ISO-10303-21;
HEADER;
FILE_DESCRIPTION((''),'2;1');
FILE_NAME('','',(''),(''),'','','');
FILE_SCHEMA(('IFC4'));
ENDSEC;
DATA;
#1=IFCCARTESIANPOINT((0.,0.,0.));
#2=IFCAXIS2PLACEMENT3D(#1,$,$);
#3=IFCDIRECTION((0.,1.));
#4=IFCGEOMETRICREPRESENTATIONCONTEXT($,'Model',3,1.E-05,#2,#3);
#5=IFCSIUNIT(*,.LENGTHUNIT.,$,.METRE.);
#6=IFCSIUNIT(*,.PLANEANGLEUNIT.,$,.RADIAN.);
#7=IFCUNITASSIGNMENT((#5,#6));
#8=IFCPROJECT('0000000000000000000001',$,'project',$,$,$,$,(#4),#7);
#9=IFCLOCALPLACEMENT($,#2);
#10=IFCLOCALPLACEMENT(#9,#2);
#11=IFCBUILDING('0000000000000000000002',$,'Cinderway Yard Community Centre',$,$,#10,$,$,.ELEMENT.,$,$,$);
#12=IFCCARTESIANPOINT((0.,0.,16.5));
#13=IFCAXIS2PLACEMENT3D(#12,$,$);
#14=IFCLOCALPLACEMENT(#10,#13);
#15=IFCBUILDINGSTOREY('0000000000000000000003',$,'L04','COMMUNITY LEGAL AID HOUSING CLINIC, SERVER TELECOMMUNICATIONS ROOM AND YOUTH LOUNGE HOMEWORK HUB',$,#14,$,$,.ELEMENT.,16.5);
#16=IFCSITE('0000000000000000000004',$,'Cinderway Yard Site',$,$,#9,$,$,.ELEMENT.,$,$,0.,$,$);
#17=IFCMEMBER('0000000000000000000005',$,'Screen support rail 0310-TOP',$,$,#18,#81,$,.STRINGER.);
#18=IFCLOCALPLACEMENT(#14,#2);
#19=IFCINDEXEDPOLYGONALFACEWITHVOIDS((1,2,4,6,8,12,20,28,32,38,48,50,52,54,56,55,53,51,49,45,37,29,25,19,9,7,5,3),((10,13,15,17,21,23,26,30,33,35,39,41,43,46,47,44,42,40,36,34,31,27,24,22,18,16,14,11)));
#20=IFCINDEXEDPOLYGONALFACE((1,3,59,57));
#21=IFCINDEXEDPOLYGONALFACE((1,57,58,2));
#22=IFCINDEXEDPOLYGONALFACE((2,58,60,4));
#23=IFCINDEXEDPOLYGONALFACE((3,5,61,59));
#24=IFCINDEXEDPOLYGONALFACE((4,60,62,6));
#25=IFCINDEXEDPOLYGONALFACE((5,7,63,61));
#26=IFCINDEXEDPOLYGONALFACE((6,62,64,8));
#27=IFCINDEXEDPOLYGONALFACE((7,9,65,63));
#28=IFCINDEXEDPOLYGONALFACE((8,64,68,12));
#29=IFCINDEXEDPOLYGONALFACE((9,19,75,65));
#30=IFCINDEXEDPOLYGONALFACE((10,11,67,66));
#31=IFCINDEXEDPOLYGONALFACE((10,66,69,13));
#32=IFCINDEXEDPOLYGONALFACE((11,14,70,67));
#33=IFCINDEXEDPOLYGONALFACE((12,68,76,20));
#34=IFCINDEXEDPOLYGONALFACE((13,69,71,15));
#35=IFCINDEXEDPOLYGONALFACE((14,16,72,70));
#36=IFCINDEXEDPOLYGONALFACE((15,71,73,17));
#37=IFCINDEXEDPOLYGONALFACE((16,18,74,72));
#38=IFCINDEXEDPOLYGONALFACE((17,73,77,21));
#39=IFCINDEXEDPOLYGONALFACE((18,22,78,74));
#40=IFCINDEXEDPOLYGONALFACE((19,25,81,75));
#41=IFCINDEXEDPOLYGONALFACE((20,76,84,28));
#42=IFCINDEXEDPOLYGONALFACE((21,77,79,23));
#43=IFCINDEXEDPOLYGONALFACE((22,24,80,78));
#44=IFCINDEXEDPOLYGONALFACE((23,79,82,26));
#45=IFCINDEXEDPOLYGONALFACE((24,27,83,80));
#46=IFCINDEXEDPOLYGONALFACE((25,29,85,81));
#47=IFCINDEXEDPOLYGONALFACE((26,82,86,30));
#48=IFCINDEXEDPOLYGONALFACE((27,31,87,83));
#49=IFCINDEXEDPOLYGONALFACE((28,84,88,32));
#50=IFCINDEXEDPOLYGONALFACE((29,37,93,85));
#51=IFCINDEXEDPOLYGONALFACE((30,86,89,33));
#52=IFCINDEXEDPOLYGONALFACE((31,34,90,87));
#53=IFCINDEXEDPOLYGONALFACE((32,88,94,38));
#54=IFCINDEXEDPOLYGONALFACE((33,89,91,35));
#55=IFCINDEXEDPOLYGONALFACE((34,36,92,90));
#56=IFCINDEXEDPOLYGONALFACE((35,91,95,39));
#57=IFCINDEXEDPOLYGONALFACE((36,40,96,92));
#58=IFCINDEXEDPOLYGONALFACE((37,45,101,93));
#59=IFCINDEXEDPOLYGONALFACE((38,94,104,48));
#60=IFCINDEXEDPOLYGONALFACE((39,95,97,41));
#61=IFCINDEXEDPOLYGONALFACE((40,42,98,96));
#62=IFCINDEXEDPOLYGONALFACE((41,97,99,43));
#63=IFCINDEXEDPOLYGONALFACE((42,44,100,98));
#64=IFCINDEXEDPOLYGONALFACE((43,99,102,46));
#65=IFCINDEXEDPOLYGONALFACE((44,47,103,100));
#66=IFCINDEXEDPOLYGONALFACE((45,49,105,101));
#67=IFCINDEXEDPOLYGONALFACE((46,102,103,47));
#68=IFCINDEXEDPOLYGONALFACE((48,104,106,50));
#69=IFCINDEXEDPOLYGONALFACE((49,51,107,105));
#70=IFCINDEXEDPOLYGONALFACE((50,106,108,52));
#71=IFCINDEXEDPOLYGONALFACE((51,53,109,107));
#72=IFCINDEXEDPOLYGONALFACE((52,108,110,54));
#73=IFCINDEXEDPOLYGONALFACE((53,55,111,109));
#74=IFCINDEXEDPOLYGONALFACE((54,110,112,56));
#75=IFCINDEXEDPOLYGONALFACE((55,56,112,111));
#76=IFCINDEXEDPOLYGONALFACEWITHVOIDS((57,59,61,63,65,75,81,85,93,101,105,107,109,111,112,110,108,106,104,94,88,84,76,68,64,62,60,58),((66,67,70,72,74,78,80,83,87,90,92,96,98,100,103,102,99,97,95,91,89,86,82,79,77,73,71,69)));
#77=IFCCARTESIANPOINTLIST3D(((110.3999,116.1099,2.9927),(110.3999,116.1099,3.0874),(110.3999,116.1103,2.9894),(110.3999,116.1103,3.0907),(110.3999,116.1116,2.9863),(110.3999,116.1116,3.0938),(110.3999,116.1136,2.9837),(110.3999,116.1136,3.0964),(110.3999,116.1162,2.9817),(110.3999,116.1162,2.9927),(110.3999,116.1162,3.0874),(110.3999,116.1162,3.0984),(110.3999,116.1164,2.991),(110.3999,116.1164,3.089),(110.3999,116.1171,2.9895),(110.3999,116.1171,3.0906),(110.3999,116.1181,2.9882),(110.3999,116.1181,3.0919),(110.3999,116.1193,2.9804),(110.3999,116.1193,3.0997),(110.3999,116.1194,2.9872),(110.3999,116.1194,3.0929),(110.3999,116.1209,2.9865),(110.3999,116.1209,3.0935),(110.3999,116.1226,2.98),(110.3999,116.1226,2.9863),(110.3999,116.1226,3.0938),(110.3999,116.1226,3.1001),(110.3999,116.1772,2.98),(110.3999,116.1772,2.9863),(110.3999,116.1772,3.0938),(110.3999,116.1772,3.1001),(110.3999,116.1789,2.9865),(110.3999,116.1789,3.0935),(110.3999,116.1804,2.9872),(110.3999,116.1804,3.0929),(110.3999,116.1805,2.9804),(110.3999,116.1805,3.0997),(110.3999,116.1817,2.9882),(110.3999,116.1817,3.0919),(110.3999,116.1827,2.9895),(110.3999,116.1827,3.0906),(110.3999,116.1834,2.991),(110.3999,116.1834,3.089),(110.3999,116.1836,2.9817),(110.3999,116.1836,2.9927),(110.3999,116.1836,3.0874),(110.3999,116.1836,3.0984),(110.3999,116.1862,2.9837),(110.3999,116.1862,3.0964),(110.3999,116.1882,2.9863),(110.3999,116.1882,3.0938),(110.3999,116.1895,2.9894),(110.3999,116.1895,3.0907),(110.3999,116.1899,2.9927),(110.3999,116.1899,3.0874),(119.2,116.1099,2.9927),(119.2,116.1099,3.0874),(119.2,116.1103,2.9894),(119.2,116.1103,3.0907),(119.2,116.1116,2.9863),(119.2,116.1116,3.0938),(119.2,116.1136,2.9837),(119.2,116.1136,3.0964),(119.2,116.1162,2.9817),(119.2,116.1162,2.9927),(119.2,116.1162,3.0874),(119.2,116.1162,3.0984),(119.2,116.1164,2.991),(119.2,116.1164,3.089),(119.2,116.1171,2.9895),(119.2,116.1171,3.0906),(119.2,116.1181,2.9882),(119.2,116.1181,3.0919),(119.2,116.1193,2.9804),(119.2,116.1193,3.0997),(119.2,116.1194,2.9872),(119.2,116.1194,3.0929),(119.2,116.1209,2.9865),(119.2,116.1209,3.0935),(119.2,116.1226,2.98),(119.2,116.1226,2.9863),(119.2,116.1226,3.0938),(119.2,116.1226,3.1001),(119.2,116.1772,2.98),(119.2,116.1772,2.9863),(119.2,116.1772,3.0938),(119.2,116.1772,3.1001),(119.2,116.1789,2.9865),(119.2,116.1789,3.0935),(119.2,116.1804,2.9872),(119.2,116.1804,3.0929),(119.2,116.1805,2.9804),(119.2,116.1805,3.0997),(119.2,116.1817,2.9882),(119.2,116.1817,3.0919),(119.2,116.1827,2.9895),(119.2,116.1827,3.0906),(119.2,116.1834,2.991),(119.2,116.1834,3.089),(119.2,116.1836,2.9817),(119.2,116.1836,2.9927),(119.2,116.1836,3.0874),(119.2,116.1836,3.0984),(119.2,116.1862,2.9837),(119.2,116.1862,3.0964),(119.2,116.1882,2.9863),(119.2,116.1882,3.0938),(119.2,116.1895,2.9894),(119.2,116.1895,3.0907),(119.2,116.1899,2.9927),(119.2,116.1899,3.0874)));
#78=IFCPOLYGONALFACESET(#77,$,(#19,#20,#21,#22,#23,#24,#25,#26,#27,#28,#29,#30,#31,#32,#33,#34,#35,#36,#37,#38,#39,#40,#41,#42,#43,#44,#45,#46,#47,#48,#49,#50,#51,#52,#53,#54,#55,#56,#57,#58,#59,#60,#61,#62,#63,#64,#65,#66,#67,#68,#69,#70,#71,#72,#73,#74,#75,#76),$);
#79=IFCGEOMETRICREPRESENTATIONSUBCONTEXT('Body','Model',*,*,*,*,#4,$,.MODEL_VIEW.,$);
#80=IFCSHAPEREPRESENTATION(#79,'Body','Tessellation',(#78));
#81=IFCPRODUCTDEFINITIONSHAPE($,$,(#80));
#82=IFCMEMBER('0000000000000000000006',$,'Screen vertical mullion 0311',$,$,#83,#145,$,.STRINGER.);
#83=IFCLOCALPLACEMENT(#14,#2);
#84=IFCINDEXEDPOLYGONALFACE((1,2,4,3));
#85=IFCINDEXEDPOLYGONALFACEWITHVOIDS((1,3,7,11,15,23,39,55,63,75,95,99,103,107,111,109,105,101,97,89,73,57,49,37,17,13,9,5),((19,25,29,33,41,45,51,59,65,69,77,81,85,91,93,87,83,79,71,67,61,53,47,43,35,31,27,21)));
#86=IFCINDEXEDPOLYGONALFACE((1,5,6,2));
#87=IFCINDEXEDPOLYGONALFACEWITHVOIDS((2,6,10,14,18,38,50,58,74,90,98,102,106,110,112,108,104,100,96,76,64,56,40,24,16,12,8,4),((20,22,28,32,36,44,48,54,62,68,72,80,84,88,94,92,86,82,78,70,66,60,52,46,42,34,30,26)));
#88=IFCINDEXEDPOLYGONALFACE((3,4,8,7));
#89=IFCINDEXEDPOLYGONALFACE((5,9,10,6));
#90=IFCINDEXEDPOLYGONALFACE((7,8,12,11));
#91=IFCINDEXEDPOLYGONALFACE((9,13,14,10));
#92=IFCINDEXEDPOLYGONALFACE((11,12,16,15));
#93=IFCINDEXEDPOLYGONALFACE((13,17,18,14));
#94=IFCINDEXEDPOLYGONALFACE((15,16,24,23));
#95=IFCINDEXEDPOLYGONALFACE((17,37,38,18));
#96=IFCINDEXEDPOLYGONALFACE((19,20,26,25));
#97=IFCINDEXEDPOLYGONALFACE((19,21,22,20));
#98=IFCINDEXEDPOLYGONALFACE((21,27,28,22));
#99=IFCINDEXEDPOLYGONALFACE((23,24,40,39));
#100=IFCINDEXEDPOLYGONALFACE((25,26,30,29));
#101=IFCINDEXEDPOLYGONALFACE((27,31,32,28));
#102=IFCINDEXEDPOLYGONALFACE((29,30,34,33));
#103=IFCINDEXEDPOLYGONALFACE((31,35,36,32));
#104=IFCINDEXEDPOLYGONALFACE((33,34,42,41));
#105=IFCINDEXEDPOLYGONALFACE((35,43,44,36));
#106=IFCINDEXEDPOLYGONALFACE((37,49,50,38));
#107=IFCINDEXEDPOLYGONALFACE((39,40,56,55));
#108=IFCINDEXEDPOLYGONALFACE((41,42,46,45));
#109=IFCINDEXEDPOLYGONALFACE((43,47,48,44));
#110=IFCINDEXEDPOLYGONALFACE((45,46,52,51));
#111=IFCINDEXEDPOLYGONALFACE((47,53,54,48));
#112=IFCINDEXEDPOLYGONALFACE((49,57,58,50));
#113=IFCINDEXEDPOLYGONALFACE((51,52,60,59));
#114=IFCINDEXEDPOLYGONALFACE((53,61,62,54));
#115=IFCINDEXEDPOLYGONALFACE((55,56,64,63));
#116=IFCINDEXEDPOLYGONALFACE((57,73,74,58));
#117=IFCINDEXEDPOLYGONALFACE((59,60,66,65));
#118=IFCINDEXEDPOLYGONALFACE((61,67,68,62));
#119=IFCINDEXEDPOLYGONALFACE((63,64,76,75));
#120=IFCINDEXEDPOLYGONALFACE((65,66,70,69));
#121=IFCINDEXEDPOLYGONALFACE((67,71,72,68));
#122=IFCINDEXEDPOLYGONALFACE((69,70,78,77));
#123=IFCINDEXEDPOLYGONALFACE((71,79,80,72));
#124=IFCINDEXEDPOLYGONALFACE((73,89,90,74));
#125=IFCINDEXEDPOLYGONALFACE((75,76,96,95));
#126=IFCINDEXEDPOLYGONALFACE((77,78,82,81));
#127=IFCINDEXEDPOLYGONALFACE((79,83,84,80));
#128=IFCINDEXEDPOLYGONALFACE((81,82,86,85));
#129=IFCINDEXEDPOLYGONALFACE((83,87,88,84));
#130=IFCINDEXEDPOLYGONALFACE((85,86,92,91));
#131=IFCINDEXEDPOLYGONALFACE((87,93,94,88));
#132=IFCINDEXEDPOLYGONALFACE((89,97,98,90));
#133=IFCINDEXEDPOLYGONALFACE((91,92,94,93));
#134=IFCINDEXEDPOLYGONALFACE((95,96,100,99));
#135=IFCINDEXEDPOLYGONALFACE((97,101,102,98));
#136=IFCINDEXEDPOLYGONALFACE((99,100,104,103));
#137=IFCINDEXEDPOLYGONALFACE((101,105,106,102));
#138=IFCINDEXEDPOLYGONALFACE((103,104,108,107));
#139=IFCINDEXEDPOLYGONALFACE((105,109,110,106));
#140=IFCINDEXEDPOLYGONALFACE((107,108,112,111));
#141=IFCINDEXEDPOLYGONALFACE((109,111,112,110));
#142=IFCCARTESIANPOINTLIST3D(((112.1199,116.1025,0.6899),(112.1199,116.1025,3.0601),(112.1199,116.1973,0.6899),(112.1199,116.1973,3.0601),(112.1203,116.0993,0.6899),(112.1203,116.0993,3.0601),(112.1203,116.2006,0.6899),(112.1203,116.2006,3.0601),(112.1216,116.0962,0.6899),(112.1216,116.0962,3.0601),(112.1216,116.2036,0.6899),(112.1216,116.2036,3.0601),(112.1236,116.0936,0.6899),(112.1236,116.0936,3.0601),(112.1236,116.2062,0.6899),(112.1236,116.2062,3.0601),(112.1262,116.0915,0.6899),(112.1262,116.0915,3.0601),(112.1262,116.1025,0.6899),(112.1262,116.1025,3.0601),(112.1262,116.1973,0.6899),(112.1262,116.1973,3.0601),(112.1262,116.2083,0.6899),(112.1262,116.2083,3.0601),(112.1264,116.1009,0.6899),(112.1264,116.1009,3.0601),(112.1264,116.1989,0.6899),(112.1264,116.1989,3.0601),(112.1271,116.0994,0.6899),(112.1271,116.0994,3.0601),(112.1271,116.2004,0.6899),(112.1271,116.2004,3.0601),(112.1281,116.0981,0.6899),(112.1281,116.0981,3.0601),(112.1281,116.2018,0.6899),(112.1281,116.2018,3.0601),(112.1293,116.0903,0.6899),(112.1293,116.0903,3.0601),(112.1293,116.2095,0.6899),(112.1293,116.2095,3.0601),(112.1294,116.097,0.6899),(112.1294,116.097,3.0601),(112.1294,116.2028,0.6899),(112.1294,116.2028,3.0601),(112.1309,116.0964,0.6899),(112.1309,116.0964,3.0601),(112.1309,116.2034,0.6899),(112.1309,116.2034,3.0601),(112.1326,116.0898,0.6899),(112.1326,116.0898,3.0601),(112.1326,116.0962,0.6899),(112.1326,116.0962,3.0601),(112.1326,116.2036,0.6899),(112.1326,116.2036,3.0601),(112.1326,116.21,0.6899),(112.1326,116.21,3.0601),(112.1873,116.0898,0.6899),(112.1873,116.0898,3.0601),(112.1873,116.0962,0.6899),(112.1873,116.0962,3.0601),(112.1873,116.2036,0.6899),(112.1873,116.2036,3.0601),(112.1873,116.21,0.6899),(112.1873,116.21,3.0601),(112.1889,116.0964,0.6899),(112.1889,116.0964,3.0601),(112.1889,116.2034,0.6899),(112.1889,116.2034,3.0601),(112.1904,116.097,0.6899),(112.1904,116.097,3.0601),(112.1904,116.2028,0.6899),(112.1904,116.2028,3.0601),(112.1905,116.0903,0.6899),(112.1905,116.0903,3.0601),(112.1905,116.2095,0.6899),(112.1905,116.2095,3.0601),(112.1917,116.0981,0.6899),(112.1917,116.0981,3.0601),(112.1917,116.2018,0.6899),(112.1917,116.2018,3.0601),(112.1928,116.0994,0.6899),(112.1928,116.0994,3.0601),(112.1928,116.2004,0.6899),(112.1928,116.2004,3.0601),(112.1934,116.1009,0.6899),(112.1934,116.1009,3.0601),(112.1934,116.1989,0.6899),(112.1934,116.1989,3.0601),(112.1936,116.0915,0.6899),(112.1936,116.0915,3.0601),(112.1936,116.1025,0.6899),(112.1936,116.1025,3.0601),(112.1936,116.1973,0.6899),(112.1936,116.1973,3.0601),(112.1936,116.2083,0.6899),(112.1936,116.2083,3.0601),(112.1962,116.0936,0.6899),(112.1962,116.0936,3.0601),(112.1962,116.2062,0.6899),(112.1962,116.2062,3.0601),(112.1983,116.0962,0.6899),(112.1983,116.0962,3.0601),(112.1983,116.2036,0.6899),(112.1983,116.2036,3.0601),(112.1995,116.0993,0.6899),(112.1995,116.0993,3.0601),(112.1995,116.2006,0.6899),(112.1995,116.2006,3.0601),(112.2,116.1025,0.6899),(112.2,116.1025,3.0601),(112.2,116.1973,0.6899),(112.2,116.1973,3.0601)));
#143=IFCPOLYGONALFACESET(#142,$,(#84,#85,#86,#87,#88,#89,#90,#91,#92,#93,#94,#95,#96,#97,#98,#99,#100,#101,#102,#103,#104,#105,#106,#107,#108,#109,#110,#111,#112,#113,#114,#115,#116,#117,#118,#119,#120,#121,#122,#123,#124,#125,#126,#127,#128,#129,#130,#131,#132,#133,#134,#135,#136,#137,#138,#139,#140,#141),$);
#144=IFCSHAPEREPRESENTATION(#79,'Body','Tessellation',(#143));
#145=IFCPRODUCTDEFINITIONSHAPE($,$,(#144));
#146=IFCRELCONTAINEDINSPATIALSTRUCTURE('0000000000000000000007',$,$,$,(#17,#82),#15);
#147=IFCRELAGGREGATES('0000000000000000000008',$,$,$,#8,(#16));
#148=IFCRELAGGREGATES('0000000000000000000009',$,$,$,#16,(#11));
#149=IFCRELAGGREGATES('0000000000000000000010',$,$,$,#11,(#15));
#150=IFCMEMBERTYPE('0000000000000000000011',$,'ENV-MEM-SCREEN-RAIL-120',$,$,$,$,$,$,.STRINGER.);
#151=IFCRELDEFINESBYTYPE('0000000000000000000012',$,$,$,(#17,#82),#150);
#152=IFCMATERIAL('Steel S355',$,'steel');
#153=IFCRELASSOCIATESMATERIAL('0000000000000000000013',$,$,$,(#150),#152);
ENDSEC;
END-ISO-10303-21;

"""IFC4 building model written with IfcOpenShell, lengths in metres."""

from ifc_helpers import new_model, si_unit, direction, frame, origin, origin_2d, place, context, subcontext, project, spatial, hollow_rectangle, extrude, material, material_profile, profile_set, type_object, element, save


model = new_model("IFC4")

# Units and contexts
model_context = context("Model", 3, precision=1e-05, world=origin(), true_north=direction((0.0, 1.0)))
body_context = subcontext(model_context, "Body", "Model", "MODEL_VIEW")
ifc_project = project(units=[si_unit("LENGTHUNIT", "METRE"), si_unit("PLANEANGLEUNIT", "RADIAN")], contexts=[model_context])

# Site, building, storey
site_placement = place(None, origin())
site = spatial("IfcSite", under=ifc_project, at=site_placement, Name="Cinderway Yard Site", CompositionType="ELEMENT", RefElevation=0.0)
building_placement = place(site_placement, origin())
building = spatial("IfcBuilding", under=site, at=building_placement, Name="Cinderway Yard Community Centre", CompositionType="ELEMENT")
storey_placement = place(building_placement, frame((0.0, 0.0, 16.5)))
storey = spatial("IfcBuildingStorey", under=building, at=storey_placement, Name="L04", Description="COMMUNITY LEGAL AID HOUSING CLINIC, SERVER TELECOMMUNICATIONS ROOM AND YOUTH LOUNGE HOMEWORK HUB", CompositionType="ELEMENT", Elevation=16.5)

# Members
ifc_material_1 = material(Name="Steel S355", Category="steel")
ifc_material_profile_1 = material_profile(ifc_material_1, hollow_rectangle(XDim=0.0801, YDim=0.1201, WallThickness=0.0063, InnerFilletRadius=0.0063, OuterFilletRadius=0.0127, at=origin_2d()), Name="Steel S355")
ifc_profile_set_1 = profile_set([ifc_material_profile_1], Name="Steel S355")
member_type_1 = type_object("IfcMemberType", Name="ENV-MEM-SCREEN-RAIL-120", PredefinedType="STRINGER", material=ifc_profile_set_1)
for number, where, z_axis, x_axis, name in (
    (1, (110.3999, 116.1499, 3.04), (1.0, 0.0, 0.0), (0.0, 1.0, 0.0), "Screen support rail 0310-TOP"),
):
    element("IfcMember", number, at=place(storey_placement, frame(where, z_axis=z_axis, x_axis=x_axis)), inside=storey, type_object=member_type_1, Name=name, PredefinedType="STRINGER", context=body_context, shape_type="SweptSolid", body=[
        extrude(hollow_rectangle(XDim=0.0801, YDim=0.1201, WallThickness=0.0063, InnerFilletRadius=0.0063, OuterFilletRadius=0.0127, at=origin_2d()), origin(), (0.0, 0.0, 1.0), 8.8),
    ])
for number, where, z_axis, x_axis, name in (
    (2, (112.1599, 116.1499, 0.6899), (0.0, 0.0, 1.0), (1.0, 0.0, 0.0), "Screen vertical mullion 0311"),
):
    element("IfcMember", number, at=place(storey_placement, frame(where, z_axis=z_axis, x_axis=x_axis)), inside=storey, type_object=member_type_1, Name=name, PredefinedType="STRINGER", context=body_context, shape_type="SweptSolid", body=[
        extrude(hollow_rectangle(XDim=0.0801, YDim=0.1201, WallThickness=0.0063, InnerFilletRadius=0.0063, OuterFilletRadius=0.0127, at=origin_2d()), origin(), (0.0, 0.0, 1.0), 2.3701),
    ])

save(model, "model.ifc")
